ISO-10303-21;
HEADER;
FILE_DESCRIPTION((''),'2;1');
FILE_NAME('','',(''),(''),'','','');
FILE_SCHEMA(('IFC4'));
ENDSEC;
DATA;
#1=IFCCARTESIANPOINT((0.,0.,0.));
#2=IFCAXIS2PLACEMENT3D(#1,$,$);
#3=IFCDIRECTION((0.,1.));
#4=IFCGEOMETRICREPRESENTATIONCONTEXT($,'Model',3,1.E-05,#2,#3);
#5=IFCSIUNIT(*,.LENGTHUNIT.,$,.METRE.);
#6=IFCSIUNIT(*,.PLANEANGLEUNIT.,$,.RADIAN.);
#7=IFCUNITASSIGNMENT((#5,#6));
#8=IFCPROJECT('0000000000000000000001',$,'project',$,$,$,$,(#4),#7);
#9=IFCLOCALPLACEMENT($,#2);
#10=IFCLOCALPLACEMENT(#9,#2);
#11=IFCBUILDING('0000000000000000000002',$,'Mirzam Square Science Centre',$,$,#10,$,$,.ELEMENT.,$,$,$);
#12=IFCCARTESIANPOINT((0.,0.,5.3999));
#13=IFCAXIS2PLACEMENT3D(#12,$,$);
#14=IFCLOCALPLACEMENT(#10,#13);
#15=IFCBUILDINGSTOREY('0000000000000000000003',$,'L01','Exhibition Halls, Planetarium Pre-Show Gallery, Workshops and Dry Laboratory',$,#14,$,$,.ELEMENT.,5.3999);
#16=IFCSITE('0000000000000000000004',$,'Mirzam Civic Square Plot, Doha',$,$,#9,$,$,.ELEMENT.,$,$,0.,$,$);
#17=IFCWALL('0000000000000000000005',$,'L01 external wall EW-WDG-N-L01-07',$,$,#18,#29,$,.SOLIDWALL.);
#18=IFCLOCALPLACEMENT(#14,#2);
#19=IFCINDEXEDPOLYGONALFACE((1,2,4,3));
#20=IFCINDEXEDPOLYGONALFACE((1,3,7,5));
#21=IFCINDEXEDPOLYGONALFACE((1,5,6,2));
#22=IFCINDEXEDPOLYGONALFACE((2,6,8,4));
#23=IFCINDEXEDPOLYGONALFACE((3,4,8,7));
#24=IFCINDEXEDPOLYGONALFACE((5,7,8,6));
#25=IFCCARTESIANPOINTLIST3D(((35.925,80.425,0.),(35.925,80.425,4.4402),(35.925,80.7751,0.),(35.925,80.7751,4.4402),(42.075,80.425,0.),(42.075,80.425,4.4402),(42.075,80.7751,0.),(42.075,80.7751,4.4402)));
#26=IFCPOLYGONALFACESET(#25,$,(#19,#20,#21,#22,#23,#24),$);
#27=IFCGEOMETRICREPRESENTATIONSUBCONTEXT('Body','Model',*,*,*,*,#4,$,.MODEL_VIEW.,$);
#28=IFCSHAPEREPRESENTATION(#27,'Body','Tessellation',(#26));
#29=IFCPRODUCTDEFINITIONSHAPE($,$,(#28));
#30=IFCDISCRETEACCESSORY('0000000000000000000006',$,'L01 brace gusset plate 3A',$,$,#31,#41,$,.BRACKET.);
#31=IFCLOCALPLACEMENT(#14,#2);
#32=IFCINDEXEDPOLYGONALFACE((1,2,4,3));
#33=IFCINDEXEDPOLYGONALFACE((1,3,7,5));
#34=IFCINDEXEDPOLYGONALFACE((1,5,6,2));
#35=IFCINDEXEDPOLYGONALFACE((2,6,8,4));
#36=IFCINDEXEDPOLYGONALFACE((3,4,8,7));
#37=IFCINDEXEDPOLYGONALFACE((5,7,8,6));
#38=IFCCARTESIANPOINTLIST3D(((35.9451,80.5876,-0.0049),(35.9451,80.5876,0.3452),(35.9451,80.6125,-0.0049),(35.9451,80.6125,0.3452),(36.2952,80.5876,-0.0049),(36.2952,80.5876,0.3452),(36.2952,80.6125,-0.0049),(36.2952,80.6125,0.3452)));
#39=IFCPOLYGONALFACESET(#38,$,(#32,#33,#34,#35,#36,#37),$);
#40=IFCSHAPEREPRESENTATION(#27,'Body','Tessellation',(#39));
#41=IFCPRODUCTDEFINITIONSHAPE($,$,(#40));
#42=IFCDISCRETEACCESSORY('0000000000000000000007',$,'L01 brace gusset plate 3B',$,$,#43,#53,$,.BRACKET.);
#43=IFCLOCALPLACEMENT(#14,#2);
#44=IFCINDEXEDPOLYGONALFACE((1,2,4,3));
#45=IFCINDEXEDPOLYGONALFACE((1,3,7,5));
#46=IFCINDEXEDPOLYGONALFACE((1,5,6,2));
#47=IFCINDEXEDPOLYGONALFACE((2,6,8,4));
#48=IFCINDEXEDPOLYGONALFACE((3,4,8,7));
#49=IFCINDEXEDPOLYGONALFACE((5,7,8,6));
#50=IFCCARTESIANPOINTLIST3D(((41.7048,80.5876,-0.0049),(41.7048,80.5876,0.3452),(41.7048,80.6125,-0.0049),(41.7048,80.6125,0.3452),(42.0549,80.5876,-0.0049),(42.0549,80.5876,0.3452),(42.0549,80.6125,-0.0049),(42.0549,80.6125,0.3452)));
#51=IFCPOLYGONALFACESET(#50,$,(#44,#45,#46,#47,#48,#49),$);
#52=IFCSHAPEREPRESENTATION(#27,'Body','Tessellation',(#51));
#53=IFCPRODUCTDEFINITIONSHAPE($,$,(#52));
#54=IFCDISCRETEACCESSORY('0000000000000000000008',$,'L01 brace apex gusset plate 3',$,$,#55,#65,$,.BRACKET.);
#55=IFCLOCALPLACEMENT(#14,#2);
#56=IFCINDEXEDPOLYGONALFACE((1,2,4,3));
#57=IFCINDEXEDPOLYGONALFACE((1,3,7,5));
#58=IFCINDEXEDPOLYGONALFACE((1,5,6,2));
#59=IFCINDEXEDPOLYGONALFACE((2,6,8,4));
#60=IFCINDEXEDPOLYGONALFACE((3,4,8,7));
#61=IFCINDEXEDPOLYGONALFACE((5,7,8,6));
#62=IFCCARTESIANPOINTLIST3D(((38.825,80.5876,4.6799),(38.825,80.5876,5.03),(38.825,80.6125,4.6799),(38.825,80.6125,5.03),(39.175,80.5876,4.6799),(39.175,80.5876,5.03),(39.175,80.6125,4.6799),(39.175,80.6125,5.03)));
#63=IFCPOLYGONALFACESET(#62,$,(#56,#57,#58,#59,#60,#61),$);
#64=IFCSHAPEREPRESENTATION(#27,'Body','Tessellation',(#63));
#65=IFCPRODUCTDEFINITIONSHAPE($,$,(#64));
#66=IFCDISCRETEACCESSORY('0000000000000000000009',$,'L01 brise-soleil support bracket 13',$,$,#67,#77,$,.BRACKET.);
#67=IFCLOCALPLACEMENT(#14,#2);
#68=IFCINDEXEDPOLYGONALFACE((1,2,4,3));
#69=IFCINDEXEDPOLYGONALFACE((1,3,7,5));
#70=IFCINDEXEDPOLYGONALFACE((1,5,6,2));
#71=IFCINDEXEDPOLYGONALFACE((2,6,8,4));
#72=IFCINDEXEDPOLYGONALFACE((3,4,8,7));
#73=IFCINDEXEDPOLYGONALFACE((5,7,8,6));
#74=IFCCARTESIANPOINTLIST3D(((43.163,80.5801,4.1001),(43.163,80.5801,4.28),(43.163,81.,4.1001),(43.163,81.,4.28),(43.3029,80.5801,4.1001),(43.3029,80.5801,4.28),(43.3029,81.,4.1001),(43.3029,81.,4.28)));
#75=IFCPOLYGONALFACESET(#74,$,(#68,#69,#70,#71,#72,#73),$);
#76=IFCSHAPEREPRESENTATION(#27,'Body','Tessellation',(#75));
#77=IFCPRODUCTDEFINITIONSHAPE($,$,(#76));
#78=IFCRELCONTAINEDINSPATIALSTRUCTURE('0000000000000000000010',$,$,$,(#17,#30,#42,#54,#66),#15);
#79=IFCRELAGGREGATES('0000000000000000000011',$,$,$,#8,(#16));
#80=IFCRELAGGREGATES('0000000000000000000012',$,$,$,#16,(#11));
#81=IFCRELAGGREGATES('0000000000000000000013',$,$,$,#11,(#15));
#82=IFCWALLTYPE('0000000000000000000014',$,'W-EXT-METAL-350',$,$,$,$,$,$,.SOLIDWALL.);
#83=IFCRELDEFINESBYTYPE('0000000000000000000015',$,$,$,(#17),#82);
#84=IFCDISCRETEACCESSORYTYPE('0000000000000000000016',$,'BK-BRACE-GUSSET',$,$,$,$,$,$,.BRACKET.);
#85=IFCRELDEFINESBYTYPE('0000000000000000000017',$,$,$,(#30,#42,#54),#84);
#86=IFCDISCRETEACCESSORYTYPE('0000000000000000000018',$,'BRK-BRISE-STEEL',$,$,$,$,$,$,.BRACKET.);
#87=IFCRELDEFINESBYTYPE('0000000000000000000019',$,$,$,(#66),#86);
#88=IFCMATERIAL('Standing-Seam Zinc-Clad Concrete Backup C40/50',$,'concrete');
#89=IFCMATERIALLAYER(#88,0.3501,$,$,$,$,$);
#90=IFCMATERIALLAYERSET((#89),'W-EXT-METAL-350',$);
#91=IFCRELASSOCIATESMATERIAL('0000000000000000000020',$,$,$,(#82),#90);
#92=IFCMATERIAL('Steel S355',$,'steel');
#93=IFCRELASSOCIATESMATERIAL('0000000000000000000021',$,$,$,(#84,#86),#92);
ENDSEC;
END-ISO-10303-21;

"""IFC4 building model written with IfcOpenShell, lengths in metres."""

from ifc_helpers import new_model, si_unit, direction, frame, frame_2d, origin, origin_2d, place, context, subcontext, project, spatial, rectangle, extrude, material, layer, layer_set, type_object, element, save


model = new_model("IFC4")

# Units and contexts
model_context = context("Model", 3, precision=1e-05, world=origin(), true_north=direction((0.0, 1.0)))
body_context = subcontext(model_context, "Body", "Model", "MODEL_VIEW")
ifc_project = project(units=[si_unit("LENGTHUNIT", "METRE"), si_unit("PLANEANGLEUNIT", "RADIAN")], contexts=[model_context])

# Site, building, storey
site_placement = place(None, origin())
site = spatial("IfcSite", under=ifc_project, at=site_placement, Name="Mirzam Civic Square Plot, Doha", CompositionType="ELEMENT", RefElevation=0.0)
building_placement = place(site_placement, origin())
building = spatial("IfcBuilding", under=site, at=building_placement, Name="Mirzam Square Science Centre", CompositionType="ELEMENT")
storey_placement = place(building_placement, frame((0.0, 0.0, 5.3999)))
storey = spatial("IfcBuildingStorey", under=building, at=storey_placement, Name="L01", Description="Exhibition Halls, Planetarium Pre-Show Gallery, Workshops and Dry Laboratory", CompositionType="ELEMENT", Elevation=5.3999)

# Shared definitions
ifc_material_1 = material(Name="Steel S355", Category="steel")

# Wall
ifc_material_2 = material(Name="Standing-Seam Zinc-Clad Concrete Backup C40/50", Category="concrete")
ifc_layer_1 = layer(ifc_material_2, 0.3501)
ifc_layer_set_1 = layer_set([ifc_layer_1], Name="W-EXT-METAL-350")
wall_type = type_object("IfcWallType", Name="W-EXT-METAL-350", PredefinedType="SOLIDWALL", material=ifc_layer_set_1)
wall_placement = place(storey_placement, frame((42.075, 80.6001, 0.0), z_axis=(0.0, 0.0, 1.0), x_axis=(-1.0, 0.0, 0.0)))
element("IfcWall", 1, at=wall_placement, inside=storey, type_object=wall_type, Name="L01 external wall EW-WDG-N-L01-07", PredefinedType="SOLIDWALL", context=body_context, shape_type="SweptSolid", body=[
    extrude(rectangle(XDim=6.1499, YDim=0.3501, at=frame_2d((3.075, 0.0))), origin(), (0.0, 0.0, 1.0), 4.4402),
])

# Discrete accessories
discrete_accessory_type_1 = type_object("IfcDiscreteAccessoryType", Name="BK-BRACE-GUSSET", PredefinedType="BRACKET", material=ifc_material_1)
for number, where, z_axis, x_axis, name in (
    (2, (36.1201, 80.6001, -0.0049), (0.0, 0.0, 1.0), (1.0, 0.0, 0.0), "L01 brace gusset plate 3A"),
    (3, (41.8799, 80.6001, -0.0049), (0.0, 0.0, 1.0), (1.0, 0.0, 0.0), "L01 brace gusset plate 3B"),
    (4, (39.0, 80.6001, 4.6799), (0.0, 0.0, 1.0), (1.0, 0.0, 0.0), "L01 brace apex gusset plate 3"),
):
    element("IfcDiscreteAccessory", number, at=place(storey_placement, frame(where, z_axis=z_axis, x_axis=x_axis)), inside=storey, type_object=discrete_accessory_type_1, Name=name, PredefinedType="BRACKET", context=body_context, shape_type="SweptSolid", body=[
        extrude(rectangle(XDim=0.3501, YDim=0.0249, at=origin_2d()), origin(), (0.0, 0.0, 1.0), 0.3501),
    ])
discrete_accessory_type_2 = type_object("IfcDiscreteAccessoryType", Name="BRK-BRISE-STEEL", PredefinedType="BRACKET", material=ifc_material_1)
discrete_accessory_placement = place(storey_placement, frame((43.2329, 80.79, 4.1001), z_axis=(0.0, 0.0, 1.0), x_axis=(-1.0, 0.0, 0.0)))
element("IfcDiscreteAccessory", 5, at=discrete_accessory_placement, inside=storey, type_object=discrete_accessory_type_2, Name="L01 brise-soleil support bracket 13", PredefinedType="BRACKET", context=body_context, shape_type="SweptSolid", body=[
    extrude(rectangle(XDim=0.1399, YDim=0.4199, at=origin_2d()), origin(), (0.0, 0.0, 1.0), 0.1799),
])

save(model, "model.ifc")
